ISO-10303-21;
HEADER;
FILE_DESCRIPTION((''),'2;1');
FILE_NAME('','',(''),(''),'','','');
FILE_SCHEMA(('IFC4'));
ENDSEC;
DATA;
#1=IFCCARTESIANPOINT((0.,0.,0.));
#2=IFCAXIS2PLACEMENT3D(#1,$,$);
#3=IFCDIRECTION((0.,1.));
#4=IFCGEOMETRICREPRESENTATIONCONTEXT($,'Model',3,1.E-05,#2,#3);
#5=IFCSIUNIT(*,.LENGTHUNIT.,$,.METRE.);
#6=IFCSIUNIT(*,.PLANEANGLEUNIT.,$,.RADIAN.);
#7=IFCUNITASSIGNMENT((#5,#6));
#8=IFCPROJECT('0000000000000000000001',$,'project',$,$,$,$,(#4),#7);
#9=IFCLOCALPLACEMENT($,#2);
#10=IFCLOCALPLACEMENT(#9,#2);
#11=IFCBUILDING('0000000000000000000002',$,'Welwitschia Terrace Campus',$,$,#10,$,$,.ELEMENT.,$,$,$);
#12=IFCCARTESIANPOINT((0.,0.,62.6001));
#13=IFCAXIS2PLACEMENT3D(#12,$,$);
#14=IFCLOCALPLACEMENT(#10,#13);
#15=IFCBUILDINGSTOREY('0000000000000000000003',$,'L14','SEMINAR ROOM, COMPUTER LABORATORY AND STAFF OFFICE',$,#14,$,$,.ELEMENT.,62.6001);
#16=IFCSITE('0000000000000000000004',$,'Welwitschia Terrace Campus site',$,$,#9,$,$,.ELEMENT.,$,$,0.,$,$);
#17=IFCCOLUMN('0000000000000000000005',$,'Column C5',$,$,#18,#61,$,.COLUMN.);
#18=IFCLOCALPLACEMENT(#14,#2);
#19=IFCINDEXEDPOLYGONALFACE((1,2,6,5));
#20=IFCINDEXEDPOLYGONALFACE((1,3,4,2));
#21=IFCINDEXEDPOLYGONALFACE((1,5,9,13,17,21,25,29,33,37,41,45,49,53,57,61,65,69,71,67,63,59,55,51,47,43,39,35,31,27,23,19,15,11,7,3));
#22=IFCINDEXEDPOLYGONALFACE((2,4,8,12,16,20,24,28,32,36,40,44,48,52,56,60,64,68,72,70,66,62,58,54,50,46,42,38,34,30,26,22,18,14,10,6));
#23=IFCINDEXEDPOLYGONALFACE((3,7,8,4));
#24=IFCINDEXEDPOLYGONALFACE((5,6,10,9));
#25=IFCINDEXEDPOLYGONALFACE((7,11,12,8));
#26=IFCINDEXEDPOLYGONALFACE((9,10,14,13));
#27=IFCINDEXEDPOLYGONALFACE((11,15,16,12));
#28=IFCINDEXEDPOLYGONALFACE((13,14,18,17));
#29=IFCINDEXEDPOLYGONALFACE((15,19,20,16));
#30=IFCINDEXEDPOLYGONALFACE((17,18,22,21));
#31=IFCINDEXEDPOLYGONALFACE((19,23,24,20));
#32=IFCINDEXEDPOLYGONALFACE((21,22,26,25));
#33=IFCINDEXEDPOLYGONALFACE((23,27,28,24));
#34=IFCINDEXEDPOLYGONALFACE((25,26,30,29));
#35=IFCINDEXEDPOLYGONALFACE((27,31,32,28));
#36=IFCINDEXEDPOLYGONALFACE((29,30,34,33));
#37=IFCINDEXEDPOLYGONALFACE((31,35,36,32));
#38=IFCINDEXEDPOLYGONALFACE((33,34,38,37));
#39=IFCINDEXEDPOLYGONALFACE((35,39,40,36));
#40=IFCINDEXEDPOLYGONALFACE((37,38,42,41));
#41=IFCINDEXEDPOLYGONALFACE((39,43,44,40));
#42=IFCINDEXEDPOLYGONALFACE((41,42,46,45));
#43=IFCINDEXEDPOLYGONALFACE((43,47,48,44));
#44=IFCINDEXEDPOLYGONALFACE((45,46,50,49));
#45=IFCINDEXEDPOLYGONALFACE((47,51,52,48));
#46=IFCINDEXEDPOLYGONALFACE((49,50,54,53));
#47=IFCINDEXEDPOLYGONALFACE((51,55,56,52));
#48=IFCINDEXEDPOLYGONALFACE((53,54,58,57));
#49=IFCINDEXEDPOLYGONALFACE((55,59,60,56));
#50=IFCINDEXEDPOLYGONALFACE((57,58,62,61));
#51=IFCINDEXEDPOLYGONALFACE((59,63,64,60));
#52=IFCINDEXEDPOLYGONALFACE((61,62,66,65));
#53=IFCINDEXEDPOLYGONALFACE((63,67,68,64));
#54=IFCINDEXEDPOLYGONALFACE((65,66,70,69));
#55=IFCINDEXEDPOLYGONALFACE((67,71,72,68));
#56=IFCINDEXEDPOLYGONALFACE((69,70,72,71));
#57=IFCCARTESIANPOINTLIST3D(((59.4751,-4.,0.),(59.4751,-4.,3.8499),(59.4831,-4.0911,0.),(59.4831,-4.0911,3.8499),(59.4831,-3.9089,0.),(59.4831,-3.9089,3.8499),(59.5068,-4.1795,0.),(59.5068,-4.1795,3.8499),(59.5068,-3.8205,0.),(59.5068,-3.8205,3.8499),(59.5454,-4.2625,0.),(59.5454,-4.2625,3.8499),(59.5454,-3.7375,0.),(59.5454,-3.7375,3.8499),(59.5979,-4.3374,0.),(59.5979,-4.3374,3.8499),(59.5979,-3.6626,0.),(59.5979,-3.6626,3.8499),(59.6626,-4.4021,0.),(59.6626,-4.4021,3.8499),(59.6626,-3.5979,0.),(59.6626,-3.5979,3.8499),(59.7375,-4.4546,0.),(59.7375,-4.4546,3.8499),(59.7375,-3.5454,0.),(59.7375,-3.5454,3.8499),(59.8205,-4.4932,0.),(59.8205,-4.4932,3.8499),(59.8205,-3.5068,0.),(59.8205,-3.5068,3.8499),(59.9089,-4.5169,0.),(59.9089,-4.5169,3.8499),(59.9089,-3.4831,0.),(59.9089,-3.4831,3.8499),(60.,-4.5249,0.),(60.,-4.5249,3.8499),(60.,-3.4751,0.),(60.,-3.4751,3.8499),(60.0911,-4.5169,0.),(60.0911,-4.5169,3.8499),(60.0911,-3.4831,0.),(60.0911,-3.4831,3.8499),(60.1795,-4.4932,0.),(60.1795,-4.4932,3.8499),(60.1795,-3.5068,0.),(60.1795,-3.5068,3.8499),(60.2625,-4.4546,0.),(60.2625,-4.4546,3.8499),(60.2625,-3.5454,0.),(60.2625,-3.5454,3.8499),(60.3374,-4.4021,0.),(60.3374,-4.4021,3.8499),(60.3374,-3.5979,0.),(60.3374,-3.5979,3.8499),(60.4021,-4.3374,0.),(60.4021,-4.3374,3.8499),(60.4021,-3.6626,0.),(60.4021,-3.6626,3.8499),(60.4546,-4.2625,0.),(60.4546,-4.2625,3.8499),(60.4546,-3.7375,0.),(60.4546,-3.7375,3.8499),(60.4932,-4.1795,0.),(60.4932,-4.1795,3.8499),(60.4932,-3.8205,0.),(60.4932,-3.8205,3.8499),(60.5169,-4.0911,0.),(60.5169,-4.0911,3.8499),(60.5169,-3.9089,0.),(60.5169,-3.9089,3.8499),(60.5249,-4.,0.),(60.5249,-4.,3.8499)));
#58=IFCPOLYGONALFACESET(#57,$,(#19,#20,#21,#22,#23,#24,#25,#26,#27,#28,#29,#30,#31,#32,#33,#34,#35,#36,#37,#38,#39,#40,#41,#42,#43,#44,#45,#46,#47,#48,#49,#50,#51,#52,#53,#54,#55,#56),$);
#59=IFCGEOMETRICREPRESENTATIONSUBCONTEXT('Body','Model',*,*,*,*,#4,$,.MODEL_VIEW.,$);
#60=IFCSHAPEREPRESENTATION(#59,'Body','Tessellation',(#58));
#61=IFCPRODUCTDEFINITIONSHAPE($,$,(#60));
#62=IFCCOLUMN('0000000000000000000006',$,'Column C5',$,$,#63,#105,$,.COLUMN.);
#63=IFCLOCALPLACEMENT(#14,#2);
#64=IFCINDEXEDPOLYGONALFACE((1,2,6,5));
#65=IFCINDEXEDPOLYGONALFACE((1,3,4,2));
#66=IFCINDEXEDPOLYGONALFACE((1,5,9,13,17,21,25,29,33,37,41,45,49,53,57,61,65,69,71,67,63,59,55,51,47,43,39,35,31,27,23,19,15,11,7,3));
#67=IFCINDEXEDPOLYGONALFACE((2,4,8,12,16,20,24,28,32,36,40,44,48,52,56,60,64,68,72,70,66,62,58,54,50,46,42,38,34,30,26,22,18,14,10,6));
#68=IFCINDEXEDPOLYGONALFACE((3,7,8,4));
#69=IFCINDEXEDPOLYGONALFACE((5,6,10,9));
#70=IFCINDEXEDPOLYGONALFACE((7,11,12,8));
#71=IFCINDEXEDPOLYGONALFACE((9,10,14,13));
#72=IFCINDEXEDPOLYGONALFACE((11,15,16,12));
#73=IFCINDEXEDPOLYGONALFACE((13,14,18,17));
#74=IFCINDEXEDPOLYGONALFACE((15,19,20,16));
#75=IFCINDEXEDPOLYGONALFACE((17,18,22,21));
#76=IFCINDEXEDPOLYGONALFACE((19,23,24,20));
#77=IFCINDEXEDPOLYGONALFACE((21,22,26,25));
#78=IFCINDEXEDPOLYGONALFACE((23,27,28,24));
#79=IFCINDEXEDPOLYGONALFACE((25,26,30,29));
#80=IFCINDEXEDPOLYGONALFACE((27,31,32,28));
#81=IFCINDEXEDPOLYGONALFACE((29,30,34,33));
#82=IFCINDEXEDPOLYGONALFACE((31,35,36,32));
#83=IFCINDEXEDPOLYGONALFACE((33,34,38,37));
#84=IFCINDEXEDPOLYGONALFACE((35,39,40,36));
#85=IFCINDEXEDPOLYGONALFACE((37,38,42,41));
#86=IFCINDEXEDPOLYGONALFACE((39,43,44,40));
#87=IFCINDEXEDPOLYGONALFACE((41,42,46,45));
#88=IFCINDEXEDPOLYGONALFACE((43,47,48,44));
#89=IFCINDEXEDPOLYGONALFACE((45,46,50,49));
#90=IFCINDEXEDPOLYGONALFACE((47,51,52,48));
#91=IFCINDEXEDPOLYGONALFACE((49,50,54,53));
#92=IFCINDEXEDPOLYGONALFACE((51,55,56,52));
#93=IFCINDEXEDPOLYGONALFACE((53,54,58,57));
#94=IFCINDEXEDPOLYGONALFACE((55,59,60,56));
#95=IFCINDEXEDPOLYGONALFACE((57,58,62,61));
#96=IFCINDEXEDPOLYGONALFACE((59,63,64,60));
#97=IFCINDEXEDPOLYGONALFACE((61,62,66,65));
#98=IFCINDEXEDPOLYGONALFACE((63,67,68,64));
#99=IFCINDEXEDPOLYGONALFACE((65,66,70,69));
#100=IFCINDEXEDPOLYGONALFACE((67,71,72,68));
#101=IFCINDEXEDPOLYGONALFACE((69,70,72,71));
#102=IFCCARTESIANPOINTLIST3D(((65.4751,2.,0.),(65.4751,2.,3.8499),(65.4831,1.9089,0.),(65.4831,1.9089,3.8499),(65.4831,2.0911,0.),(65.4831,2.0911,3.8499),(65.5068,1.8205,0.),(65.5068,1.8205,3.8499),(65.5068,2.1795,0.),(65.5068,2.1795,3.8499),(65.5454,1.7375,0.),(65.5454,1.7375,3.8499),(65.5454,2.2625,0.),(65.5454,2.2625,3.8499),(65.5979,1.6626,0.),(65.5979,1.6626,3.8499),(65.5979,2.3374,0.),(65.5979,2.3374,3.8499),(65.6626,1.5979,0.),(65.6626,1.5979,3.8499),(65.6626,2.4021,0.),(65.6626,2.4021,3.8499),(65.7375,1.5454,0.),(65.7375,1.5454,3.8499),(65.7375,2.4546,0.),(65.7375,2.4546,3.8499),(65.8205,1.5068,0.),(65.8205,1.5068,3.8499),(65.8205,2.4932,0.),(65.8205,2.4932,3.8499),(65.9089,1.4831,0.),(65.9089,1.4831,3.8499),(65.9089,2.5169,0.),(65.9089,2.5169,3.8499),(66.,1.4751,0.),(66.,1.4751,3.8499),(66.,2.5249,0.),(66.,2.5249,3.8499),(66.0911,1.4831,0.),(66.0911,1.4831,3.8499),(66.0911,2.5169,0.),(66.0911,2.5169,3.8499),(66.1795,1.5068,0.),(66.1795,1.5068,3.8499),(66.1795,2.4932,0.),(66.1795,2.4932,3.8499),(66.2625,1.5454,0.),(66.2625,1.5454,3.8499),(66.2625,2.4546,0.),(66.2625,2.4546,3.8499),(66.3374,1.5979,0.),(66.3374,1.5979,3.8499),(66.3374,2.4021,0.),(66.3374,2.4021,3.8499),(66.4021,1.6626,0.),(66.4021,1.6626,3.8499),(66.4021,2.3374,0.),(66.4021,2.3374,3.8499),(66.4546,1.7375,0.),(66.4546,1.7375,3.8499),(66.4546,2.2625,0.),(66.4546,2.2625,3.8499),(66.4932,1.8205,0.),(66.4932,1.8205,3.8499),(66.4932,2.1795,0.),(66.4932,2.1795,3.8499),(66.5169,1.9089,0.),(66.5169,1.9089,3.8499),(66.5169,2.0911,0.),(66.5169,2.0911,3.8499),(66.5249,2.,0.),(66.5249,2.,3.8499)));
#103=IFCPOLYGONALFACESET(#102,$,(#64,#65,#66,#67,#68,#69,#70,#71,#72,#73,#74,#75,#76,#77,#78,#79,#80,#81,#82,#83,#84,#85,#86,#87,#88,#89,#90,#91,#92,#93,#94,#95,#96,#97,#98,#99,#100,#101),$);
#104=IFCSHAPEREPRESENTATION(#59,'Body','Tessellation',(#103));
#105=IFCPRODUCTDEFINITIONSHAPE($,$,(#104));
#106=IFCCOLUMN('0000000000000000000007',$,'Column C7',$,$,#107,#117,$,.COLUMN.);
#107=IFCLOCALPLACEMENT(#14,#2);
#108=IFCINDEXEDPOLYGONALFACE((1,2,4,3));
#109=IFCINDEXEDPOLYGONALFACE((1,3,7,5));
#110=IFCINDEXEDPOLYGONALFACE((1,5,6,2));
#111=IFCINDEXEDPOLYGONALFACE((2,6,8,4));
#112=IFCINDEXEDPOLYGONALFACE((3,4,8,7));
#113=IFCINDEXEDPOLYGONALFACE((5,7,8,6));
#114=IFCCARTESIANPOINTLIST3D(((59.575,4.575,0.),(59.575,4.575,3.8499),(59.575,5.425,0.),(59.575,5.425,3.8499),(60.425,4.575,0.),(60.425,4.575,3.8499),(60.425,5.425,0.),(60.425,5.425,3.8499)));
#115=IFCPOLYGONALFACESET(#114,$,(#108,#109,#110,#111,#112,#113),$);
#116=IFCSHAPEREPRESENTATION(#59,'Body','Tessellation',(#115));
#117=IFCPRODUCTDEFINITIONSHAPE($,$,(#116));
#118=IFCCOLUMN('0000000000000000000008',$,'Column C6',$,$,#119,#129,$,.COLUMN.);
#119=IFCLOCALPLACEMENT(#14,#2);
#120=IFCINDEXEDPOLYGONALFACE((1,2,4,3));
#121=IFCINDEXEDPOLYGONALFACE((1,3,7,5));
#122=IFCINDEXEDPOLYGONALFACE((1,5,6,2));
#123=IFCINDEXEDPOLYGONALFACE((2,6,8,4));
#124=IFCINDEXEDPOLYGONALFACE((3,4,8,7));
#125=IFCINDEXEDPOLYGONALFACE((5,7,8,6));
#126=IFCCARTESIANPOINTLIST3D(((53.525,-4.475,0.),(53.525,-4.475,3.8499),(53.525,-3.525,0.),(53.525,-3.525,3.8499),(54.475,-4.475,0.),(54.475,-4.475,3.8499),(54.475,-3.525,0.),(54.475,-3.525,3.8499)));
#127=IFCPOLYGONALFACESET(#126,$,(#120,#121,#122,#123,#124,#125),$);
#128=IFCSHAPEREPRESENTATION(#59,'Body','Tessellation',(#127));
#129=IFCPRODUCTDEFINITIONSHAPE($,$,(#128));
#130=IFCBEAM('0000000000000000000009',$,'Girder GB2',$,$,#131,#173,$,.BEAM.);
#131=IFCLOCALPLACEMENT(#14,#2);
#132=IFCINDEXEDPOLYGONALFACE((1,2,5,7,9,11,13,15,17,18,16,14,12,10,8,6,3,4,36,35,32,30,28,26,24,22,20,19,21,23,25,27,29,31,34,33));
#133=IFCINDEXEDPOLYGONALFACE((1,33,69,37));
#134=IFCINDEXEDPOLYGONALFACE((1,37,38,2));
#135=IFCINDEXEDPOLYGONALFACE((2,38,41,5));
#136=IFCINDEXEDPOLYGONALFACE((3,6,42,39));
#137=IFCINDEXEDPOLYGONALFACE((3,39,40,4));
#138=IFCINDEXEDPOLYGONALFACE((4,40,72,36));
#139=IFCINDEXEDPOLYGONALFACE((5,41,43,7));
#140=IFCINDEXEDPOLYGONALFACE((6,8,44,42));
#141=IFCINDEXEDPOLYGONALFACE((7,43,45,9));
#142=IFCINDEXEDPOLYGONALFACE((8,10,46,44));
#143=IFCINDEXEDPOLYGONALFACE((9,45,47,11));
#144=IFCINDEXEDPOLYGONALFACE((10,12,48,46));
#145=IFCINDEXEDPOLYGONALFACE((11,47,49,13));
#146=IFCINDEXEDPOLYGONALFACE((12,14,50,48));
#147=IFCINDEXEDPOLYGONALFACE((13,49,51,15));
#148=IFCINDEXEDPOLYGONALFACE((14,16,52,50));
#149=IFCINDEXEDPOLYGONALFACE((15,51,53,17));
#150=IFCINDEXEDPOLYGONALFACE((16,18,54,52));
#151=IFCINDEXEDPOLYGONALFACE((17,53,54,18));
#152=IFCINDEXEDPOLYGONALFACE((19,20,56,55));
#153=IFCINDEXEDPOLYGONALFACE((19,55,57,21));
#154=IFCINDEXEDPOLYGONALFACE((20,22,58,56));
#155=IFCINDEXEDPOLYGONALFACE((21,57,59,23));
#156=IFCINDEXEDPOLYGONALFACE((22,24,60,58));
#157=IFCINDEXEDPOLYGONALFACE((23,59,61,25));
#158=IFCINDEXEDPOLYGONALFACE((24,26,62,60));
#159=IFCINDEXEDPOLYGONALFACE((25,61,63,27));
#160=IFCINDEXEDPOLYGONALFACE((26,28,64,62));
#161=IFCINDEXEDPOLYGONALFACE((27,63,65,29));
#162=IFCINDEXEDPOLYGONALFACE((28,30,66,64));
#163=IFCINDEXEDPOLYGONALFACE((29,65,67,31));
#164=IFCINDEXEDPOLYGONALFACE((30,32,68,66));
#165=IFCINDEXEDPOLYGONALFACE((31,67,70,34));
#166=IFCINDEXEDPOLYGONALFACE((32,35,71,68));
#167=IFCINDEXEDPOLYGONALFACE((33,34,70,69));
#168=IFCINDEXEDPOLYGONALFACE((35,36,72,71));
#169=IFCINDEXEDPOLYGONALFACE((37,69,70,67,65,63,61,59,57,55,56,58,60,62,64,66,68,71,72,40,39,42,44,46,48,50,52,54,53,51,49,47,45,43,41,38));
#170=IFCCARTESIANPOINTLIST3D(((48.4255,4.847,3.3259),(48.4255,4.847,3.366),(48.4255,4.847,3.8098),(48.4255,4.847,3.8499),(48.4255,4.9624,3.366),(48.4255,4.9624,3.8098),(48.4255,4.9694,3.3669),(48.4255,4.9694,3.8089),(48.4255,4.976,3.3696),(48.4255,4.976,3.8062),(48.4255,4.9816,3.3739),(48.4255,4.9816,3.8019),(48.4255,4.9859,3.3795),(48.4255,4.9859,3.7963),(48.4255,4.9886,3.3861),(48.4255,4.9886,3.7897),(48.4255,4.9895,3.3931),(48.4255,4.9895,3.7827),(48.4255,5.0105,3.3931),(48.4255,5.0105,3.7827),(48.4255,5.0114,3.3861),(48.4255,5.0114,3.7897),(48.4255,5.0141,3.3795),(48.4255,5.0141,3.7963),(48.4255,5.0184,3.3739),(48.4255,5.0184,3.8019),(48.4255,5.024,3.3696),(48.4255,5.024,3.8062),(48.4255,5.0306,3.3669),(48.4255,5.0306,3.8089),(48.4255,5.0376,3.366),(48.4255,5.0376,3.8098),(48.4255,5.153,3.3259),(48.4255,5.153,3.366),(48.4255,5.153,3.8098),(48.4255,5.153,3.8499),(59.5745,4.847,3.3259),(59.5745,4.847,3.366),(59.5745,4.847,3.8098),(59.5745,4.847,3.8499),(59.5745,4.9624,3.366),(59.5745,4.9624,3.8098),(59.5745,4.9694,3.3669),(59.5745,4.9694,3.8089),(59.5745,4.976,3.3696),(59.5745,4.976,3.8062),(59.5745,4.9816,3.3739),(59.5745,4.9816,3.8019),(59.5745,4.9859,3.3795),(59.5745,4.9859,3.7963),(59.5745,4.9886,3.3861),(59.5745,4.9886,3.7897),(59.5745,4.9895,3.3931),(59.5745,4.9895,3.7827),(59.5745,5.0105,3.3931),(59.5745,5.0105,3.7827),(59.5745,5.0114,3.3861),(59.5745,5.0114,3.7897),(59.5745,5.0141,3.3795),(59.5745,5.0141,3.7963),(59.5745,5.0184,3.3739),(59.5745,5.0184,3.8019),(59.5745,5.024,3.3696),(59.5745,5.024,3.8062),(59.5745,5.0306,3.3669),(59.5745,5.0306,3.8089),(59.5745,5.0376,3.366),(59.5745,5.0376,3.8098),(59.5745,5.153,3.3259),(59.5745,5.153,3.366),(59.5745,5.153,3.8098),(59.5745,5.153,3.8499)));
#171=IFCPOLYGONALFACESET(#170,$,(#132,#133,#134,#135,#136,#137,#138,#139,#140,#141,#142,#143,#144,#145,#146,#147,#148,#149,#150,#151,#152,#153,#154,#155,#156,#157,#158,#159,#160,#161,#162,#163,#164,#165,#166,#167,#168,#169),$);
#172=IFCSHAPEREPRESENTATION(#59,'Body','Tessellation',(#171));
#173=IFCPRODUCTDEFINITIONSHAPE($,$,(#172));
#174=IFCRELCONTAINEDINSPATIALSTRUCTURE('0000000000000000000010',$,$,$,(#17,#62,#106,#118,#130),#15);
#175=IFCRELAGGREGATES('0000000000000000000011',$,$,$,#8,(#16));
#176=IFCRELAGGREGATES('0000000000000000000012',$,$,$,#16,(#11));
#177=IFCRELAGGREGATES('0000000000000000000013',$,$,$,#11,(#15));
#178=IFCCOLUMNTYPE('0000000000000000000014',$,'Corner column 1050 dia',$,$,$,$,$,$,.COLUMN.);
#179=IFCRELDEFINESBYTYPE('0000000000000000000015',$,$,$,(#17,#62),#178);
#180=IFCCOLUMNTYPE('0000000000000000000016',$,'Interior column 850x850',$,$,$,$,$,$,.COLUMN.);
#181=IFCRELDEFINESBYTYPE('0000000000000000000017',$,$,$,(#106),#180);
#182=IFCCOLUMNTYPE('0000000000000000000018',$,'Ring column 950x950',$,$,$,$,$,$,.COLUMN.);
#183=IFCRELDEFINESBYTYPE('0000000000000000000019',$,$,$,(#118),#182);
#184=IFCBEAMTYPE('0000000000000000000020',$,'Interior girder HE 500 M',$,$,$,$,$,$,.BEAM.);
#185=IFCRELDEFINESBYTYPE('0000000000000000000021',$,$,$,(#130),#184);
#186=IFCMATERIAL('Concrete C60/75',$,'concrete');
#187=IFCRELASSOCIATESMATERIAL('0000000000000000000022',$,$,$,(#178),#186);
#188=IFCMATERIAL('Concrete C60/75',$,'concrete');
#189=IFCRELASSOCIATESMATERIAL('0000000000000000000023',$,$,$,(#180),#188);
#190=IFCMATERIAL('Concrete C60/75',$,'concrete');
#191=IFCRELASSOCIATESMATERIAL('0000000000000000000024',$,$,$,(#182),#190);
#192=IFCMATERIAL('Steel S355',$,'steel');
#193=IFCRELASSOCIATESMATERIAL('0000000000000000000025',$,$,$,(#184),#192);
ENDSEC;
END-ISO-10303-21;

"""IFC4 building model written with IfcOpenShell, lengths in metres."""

from ifc_helpers import new_model, si_unit, direction, frame, origin, origin_2d, place, context, subcontext, project, spatial, rectangle, circle, i_section, extrude, material, material_profile, profile_set, type_object, element, save


model = new_model("IFC4")

# Units and contexts
model_context = context("Model", 3, precision=1e-05, world=origin(), true_north=direction((0.0, 1.0)))
body_context = subcontext(model_context, "Body", "Model", "MODEL_VIEW")
ifc_project = project(units=[si_unit("LENGTHUNIT", "METRE"), si_unit("PLANEANGLEUNIT", "RADIAN")], contexts=[model_context])

# Site, building, storey
site_placement = place(None, origin())
site = spatial("IfcSite", under=ifc_project, at=site_placement, Name="Welwitschia Terrace Campus site", CompositionType="ELEMENT", RefElevation=0.0)
building_placement = place(site_placement, origin())
building = spatial("IfcBuilding", under=site, at=building_placement, Name="Welwitschia Terrace Campus", CompositionType="ELEMENT")
storey_placement = place(building_placement, frame((0.0, 0.0, 62.6001)))
storey = spatial("IfcBuildingStorey", under=building, at=storey_placement, Name="L14", Description="SEMINAR ROOM, COMPUTER LABORATORY AND STAFF OFFICE", CompositionType="ELEMENT", Elevation=62.6001)

# Columns
ifc_material_1 = material(Name="Concrete C60/75", Category="concrete")
ifc_material_profile_1 = material_profile(ifc_material_1, circle(Radius=0.5249, at=origin_2d()))
ifc_profile_set_1 = profile_set([ifc_material_profile_1], Name="Concrete C60/75")
column_type_1 = type_object("IfcColumnType", Name="Corner column 1050 dia", PredefinedType="COLUMN", material=ifc_profile_set_1)
for number, where, z_axis, x_axis, name in (
    (1, (60.0, -4.0, 0.0), (0.0, 0.0, 1.0), (1.0, 0.0, 0.0), "Column C5"),
    (2, (66.0, 2.0, 0.0), (0.0, 0.0, 1.0), (1.0, 0.0, 0.0), "Column C5"),
):
    element("IfcColumn", number, at=place(storey_placement, frame(where, z_axis=z_axis, x_axis=x_axis)), inside=storey, type_object=column_type_1, Name=name, PredefinedType="COLUMN", context=body_context, shape_type="SweptSolid", body=[
        extrude(circle(Radius=0.5249, at=origin_2d()), origin(), (0.0, 0.0, 1.0), 3.8499),
    ])
ifc_material_2 = material(Name="Concrete C60/75", Category="concrete")
ifc_material_profile_2 = material_profile(ifc_material_2, rectangle(XDim=0.8501, YDim=0.8501, at=origin_2d()))
ifc_profile_set_2 = profile_set([ifc_material_profile_2], Name="Concrete C60/75")
column_type_2 = type_object("IfcColumnType", Name="Interior column 850x850", PredefinedType="COLUMN", material=ifc_profile_set_2)
column_1_placement = place(storey_placement, frame((60.0, 5.0, 0.0), z_axis=(0.0, 0.0, 1.0), x_axis=(1.0, 0.0, 0.0)))
element("IfcColumn", 3, at=column_1_placement, inside=storey, type_object=column_type_2, Name="Column C7", PredefinedType="COLUMN", context=body_context, shape_type="SweptSolid", body=[
    extrude(rectangle(XDim=0.8501, YDim=0.8501, at=origin_2d()), origin(), (0.0, 0.0, 1.0), 3.8499),
])
ifc_material_3 = material(Name="Concrete C60/75", Category="concrete")
ifc_material_profile_3 = material_profile(ifc_material_3, rectangle(XDim=0.95, YDim=0.95, at=origin_2d()))
ifc_profile_set_3 = profile_set([ifc_material_profile_3], Name="Concrete C60/75")
column_type_3 = type_object("IfcColumnType", Name="Ring column 950x950", PredefinedType="COLUMN", material=ifc_profile_set_3)
column_2_placement = place(storey_placement, frame((54.0, -4.0, 0.0), z_axis=(0.0, 0.0, 1.0), x_axis=(1.0, 0.0, 0.0)))
element("IfcColumn", 4, at=column_2_placement, inside=storey, type_object=column_type_3, Name="Column C6", PredefinedType="COLUMN", context=body_context, shape_type="SweptSolid", body=[
    extrude(rectangle(XDim=0.95, YDim=0.95, at=origin_2d()), origin(), (0.0, 0.0, 1.0), 3.8499),
])

# Beam
ifc_material_4 = material(Name="Steel S355", Category="steel")
ifc_material_profile_4 = material_profile(ifc_material_4, i_section(OverallWidth=0.3059, OverallDepth=0.5239, WebThickness=0.021, FlangeThickness=0.04, FilletRadius=0.0271, at=origin_2d()))
ifc_profile_set_4 = profile_set([ifc_material_profile_4], Name="Steel S355")
beam_type_1 = type_object("IfcBeamType", Name="Interior girder HE 500 M", PredefinedType="BEAM", material=ifc_profile_set_4)
beam_1_placement = place(storey_placement, frame((48.4255, 5.0, 3.5879), z_axis=(1.0, 0.0, 0.0), x_axis=(0.0, 1.0, 0.0)))
element("IfcBeam", 5, at=beam_1_placement, inside=storey, type_object=beam_type_1, Name="Girder GB2", PredefinedType="BEAM", context=body_context, shape_type="SweptSolid", body=[
    extrude(i_section(OverallWidth=0.3059, OverallDepth=0.5239, WebThickness=0.021, FlangeThickness=0.04, FilletRadius=0.0271, at=origin_2d()), origin(), (0.0, 0.0, 1.0), 11.1489),
])

save(model, "model.ifc")
